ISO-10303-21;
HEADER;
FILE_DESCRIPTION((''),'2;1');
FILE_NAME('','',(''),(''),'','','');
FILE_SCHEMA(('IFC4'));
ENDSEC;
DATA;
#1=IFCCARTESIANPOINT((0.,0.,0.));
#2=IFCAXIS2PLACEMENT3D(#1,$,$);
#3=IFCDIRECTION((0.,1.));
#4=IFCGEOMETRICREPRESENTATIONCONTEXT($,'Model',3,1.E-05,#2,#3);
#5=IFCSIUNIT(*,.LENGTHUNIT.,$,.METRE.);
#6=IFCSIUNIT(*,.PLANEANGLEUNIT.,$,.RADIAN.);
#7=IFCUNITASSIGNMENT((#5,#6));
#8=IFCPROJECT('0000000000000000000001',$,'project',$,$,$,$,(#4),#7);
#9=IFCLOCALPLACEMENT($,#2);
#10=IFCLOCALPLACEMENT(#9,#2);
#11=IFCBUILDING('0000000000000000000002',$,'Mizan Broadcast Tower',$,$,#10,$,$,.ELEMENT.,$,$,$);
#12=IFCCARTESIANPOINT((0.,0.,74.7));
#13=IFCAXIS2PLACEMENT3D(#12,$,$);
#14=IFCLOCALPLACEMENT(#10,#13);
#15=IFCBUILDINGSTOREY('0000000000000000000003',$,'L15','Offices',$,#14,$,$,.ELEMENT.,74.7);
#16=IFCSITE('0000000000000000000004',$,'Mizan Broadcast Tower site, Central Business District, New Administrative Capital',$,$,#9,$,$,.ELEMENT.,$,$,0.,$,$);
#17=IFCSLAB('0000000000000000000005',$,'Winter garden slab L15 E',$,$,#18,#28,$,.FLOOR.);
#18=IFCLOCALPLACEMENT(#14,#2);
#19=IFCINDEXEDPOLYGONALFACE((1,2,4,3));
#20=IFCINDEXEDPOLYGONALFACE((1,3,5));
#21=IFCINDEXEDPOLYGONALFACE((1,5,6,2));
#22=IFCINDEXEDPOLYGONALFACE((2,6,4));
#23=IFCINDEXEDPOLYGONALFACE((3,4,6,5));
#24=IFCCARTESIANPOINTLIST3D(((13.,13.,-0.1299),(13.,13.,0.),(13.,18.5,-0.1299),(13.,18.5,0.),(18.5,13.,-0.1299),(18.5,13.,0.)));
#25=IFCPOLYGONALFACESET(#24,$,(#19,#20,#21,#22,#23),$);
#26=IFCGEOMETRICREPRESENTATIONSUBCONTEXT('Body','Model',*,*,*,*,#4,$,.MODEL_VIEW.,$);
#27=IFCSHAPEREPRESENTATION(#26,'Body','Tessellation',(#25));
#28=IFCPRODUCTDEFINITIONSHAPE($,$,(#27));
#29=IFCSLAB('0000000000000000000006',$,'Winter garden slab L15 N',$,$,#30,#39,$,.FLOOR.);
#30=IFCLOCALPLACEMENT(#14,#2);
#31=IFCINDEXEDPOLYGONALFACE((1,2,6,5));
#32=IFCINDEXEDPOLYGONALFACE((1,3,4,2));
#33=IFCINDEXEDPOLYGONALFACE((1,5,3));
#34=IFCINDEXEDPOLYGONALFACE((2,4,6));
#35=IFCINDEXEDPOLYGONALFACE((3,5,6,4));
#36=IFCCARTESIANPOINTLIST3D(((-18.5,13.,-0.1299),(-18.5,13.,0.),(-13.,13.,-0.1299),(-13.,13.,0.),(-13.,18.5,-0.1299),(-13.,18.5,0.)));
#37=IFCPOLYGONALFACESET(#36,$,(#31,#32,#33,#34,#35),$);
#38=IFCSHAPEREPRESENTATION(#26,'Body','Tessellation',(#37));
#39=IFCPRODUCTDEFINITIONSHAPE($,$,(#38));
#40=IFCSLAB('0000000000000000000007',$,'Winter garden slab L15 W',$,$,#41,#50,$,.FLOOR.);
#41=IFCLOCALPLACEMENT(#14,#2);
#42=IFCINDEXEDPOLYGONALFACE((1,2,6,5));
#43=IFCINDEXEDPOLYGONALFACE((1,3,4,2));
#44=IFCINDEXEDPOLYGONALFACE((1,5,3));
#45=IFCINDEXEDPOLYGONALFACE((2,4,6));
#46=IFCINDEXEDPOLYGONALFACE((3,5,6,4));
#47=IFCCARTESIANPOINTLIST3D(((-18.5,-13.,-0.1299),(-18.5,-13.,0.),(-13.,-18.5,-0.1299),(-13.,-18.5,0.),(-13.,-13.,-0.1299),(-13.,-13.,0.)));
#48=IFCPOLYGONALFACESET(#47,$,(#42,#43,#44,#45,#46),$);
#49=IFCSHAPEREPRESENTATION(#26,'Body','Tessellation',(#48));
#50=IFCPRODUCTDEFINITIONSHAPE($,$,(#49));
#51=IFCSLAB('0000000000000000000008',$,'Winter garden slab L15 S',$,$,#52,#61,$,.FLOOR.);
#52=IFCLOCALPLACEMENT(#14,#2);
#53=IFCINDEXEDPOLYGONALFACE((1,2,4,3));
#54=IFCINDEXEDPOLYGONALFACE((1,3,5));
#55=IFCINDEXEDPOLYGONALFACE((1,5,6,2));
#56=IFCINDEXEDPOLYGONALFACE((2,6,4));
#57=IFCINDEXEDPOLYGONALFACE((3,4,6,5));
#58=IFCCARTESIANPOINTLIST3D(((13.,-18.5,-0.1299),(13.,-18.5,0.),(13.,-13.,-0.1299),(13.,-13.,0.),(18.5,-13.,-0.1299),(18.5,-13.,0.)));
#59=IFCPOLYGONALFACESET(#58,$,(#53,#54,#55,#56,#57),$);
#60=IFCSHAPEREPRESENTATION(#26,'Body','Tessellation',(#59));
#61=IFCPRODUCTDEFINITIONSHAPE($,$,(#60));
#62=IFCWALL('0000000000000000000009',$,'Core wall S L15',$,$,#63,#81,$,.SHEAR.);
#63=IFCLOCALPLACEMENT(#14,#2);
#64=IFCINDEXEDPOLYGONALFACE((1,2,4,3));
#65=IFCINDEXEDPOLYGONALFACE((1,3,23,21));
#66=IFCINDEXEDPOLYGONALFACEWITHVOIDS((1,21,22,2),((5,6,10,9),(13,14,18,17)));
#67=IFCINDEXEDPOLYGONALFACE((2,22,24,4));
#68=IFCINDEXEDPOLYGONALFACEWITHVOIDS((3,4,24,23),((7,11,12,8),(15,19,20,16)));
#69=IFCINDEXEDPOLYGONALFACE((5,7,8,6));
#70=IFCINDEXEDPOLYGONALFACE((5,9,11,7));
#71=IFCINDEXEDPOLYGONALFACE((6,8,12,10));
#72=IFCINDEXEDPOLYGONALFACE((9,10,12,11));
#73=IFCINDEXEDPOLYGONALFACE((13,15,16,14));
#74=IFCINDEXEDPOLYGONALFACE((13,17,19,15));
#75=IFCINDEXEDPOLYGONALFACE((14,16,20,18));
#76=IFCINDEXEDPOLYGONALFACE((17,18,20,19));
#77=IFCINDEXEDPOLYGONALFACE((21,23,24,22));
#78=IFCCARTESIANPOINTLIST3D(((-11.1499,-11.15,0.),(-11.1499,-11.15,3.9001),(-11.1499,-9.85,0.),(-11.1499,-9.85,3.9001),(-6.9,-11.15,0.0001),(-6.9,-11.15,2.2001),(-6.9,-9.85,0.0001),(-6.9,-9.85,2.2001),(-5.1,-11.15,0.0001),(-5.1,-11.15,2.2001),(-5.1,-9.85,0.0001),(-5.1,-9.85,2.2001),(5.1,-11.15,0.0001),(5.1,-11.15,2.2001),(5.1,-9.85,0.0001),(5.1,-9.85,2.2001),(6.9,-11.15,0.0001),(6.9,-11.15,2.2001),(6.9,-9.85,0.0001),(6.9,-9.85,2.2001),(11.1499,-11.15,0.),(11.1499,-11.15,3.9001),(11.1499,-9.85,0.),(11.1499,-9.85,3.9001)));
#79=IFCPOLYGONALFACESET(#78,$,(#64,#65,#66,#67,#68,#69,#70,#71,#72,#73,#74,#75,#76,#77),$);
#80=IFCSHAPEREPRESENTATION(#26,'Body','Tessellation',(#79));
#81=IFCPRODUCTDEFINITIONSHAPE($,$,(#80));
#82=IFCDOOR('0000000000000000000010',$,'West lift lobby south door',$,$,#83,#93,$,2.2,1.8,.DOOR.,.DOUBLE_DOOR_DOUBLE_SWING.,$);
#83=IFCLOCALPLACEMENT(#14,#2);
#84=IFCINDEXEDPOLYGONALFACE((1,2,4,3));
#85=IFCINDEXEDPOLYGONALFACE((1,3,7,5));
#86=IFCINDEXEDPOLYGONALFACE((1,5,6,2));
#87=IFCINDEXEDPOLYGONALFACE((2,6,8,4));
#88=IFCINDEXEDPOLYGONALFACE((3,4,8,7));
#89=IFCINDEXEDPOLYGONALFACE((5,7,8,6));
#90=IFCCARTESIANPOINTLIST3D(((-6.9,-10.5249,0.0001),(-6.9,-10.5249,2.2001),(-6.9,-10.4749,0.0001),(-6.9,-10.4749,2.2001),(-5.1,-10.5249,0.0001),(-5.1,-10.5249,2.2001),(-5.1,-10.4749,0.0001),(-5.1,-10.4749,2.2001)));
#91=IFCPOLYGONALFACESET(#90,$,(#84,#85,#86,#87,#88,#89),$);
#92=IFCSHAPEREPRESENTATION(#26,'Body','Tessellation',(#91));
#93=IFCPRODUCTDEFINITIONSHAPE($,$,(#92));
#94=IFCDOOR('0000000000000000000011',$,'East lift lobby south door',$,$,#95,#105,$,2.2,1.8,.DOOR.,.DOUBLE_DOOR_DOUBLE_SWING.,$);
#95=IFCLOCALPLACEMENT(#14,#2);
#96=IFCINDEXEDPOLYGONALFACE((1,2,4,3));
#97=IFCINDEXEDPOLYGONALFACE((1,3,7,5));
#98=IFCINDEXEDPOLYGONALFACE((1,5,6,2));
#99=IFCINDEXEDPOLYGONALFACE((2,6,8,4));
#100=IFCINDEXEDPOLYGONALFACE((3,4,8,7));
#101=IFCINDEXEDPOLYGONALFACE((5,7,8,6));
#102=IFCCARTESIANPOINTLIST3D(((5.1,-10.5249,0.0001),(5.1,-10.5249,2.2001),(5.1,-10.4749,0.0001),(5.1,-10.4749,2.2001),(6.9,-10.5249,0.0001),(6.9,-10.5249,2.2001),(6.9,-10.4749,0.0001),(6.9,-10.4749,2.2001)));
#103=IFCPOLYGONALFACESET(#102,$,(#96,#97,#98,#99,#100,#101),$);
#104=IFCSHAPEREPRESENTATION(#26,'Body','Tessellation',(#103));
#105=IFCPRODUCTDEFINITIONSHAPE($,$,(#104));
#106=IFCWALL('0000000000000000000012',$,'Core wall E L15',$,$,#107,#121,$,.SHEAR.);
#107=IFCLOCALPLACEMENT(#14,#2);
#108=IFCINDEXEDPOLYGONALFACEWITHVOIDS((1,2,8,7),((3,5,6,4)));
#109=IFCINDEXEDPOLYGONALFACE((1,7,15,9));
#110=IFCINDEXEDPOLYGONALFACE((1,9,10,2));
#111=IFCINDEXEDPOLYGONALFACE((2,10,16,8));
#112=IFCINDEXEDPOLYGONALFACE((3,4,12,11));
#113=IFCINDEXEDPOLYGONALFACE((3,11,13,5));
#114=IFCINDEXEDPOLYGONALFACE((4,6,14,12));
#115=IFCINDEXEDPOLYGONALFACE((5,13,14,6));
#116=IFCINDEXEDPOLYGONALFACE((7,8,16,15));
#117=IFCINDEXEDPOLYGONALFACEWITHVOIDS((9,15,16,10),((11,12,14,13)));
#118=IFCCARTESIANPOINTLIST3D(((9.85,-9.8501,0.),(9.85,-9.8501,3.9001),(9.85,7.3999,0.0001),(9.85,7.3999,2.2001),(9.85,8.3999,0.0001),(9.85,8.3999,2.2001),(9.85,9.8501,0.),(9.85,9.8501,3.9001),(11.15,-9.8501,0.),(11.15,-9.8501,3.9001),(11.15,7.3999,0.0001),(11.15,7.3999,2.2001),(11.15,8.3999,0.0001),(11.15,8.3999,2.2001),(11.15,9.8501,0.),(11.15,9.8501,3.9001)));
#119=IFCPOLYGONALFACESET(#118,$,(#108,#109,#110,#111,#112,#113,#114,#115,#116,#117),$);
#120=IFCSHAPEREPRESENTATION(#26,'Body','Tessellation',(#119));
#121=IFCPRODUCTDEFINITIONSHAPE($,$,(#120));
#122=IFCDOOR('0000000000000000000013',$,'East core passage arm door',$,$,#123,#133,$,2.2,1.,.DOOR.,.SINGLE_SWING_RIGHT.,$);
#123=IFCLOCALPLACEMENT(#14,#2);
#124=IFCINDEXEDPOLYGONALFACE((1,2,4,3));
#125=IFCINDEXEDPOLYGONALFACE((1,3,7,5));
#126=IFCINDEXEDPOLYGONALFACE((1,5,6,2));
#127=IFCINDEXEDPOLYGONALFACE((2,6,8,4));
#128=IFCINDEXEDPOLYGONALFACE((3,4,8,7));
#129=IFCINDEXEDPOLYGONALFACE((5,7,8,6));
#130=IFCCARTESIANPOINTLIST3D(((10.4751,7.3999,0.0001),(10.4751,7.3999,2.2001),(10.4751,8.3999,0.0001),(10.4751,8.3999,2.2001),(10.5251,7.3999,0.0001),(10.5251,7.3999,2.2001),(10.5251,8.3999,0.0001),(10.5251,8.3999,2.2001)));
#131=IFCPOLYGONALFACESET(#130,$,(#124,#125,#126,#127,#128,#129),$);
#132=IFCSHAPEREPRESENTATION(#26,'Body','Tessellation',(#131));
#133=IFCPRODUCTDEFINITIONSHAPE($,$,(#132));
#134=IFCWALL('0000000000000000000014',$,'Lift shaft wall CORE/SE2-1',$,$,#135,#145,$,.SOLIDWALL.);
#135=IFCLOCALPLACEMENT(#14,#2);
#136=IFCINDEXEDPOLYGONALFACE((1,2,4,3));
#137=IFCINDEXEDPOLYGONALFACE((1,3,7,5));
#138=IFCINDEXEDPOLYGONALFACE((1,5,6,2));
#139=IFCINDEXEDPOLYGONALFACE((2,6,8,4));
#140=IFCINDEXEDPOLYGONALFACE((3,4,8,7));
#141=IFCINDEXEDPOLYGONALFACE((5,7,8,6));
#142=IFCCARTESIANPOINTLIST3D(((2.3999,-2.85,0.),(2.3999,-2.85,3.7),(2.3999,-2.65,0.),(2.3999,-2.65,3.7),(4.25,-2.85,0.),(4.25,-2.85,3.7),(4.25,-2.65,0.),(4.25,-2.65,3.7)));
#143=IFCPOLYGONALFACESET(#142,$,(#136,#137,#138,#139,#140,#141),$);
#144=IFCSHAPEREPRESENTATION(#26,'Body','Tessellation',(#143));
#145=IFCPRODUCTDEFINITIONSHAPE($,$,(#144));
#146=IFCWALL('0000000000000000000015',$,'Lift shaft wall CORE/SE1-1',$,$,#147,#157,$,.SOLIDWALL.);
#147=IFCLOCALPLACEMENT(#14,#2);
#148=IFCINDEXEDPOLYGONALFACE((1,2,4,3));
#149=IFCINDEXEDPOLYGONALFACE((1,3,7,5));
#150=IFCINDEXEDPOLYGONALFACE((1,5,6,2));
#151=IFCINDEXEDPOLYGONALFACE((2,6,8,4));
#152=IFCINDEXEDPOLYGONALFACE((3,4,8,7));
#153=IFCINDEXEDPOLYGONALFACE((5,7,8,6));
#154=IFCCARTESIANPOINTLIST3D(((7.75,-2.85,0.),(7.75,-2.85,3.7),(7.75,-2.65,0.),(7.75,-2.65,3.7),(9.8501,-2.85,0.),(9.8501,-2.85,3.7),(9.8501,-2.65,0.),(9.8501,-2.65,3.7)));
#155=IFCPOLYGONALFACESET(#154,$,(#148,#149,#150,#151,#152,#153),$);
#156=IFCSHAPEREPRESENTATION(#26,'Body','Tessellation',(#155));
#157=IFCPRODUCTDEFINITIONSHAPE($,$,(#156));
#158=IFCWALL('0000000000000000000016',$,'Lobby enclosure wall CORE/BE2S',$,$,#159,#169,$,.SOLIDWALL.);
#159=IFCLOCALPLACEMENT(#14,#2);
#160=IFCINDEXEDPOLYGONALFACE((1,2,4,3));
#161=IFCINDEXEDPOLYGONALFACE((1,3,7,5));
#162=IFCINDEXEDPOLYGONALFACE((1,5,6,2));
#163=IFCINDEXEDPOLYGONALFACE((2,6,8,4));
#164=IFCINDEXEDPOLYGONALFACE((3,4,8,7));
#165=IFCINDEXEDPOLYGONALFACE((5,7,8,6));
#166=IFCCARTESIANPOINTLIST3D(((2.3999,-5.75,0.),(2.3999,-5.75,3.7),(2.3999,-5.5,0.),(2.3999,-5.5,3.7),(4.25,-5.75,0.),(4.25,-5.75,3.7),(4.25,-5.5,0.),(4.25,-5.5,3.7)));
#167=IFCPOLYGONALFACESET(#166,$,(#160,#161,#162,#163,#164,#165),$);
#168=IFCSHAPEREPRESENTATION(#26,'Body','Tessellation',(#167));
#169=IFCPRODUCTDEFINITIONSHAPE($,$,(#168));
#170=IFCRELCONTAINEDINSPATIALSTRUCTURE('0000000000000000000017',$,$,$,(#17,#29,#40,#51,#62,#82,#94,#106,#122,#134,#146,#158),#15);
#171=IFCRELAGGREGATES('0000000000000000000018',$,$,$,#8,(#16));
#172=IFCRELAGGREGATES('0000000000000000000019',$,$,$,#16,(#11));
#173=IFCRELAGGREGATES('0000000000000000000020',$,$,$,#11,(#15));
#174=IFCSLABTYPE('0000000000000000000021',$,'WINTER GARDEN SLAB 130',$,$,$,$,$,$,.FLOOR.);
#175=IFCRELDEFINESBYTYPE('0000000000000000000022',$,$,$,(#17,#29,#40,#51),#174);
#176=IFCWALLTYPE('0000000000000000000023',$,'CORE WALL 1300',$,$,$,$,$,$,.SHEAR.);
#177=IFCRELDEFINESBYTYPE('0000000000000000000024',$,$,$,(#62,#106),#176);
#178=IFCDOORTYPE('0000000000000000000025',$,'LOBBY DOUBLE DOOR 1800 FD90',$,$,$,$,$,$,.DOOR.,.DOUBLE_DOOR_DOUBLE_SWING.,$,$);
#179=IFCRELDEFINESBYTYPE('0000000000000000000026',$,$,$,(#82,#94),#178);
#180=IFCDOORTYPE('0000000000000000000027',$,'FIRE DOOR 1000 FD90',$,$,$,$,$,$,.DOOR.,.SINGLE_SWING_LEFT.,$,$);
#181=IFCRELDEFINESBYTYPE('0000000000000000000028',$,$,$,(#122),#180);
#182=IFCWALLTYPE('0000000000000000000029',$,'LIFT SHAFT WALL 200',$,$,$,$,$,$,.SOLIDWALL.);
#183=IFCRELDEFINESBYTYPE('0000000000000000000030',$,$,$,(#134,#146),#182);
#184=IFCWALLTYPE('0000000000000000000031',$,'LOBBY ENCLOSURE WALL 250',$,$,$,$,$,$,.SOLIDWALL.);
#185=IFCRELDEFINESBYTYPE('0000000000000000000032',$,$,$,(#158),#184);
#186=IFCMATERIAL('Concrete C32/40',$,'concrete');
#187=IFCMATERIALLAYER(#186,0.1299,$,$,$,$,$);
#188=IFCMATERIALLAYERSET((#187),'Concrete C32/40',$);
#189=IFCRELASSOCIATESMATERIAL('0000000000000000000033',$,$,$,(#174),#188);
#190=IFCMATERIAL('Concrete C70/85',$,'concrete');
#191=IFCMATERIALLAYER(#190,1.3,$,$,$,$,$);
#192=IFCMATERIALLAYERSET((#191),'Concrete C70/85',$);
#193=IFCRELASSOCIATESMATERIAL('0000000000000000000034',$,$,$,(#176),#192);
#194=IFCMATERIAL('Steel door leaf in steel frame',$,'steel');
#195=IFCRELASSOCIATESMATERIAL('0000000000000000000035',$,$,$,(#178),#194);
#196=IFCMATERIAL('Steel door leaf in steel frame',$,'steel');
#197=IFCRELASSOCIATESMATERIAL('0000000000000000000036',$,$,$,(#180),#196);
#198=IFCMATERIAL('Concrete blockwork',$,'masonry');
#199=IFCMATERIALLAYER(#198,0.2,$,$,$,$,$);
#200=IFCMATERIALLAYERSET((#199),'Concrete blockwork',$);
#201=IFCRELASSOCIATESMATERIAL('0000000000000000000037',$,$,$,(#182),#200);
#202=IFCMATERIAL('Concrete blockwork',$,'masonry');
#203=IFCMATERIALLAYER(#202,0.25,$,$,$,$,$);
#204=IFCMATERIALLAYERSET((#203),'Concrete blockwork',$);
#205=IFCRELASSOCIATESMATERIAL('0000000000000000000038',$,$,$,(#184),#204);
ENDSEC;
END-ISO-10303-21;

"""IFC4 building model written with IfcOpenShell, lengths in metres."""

from ifc_helpers import new_model, si_unit, direction, frame, frame_2d, origin, place, context, subcontext, project, spatial, polyline, rectangle, outline, extrude, material, layer, layer_set, type_object, element, fill, save


model = new_model("IFC4")

# Units and contexts
model_context = context("Model", 3, precision=1e-05, world=origin(), true_north=direction((0.0, 1.0)))
body_context = subcontext(model_context, "Body", "Model", "MODEL_VIEW")
ifc_project = project(units=[si_unit("LENGTHUNIT", "METRE"), si_unit("PLANEANGLEUNIT", "RADIAN")], contexts=[model_context])

# Site, building, storey
site_placement = place(None, origin())
site = spatial("IfcSite", under=ifc_project, at=site_placement, Name="Mizan Broadcast Tower site, Central Business District, New Administrative Capital", CompositionType="ELEMENT", RefElevation=0.0)
building_placement = place(site_placement, origin())
building = spatial("IfcBuilding", under=site, at=building_placement, Name="Mizan Broadcast Tower", CompositionType="ELEMENT")
storey_placement = place(building_placement, frame((0.0, 0.0, 74.7)))
storey = spatial("IfcBuildingStorey", under=building, at=storey_placement, Name="L15", Description="Offices", CompositionType="ELEMENT", Elevation=74.7)

# Slabs
ifc_material_1 = material(Name="Concrete C32/40", Category="concrete")
ifc_layer_1 = layer(ifc_material_1, 0.1299)
ifc_layer_set_1 = layer_set([ifc_layer_1], Name="Concrete C32/40")
slab_type_1 = type_object("IfcSlabType", Name="WINTER GARDEN SLAB 130", PredefinedType="FLOOR", material=ifc_layer_set_1)
slab_1_placement = place(storey_placement, frame((0.0, 0.0, -0.1299)))
element("IfcSlab", 1, at=slab_1_placement, inside=storey, type_object=slab_type_1, Name="Winter garden slab L15 E", PredefinedType="FLOOR", context=body_context, shape_type="SweptSolid", body=[
    extrude(outline(polyline([(13.0, 13.0), (18.5, 13.0), (13.0, 18.5), (13.0, 13.0)])), origin(), (0.0, 0.0, 1.0), 0.1299),
])
slab_2_placement = place(storey_placement, frame((0.0, 0.0, -0.1299)))
element("IfcSlab", 2, at=slab_2_placement, inside=storey, type_object=slab_type_1, Name="Winter garden slab L15 N", PredefinedType="FLOOR", context=body_context, shape_type="SweptSolid", body=[
    extrude(outline(polyline([(-13.0, 13.0), (-13.0, 18.5), (-18.5, 13.0), (-13.0, 13.0)])), origin(), (0.0, 0.0, 1.0), 0.1299),
])
slab_3_placement = place(storey_placement, frame((0.0, 0.0, -0.1299)))
element("IfcSlab", 3, at=slab_3_placement, inside=storey, type_object=slab_type_1, Name="Winter garden slab L15 W", PredefinedType="FLOOR", context=body_context, shape_type="SweptSolid", body=[
    extrude(outline(polyline([(-13.0, -13.0), (-18.5, -13.0), (-13.0, -18.5), (-13.0, -13.0)])), origin(), (0.0, 0.0, 1.0), 0.1299),
])
slab_4_placement = place(storey_placement, frame((0.0, 0.0, -0.1299)))
element("IfcSlab", 4, at=slab_4_placement, inside=storey, type_object=slab_type_1, Name="Winter garden slab L15 S", PredefinedType="FLOOR", context=body_context, shape_type="SweptSolid", body=[
    extrude(outline(polyline([(13.0, -13.0), (13.0, -18.5), (18.5, -13.0), (13.0, -13.0)])), origin(), (0.0, 0.0, 1.0), 0.1299),
])

# Wall, openings, doors
ifc_material_2 = material(Name="Concrete C70/85", Category="concrete")
ifc_layer_2 = layer(ifc_material_2, 1.3)
ifc_layer_set_2 = layer_set([ifc_layer_2], Name="Concrete C70/85")
wall_type_1 = type_object("IfcWallType", Name="CORE WALL 1300", PredefinedType="SHEAR", material=ifc_layer_set_2)
wall_1_placement = place(storey_placement, frame((11.1499, -10.5, 0.0), z_axis=(0.0, 0.0, 1.0), x_axis=(-1.0, 0.0, 0.0)))
wall_1 = element("IfcWall", 5, at=wall_1_placement, inside=storey, type_object=wall_type_1, Name="Core wall S L15", PredefinedType="SHEAR", context=body_context, shape_type="SweptSolid", body=[
    extrude(rectangle(XDim=22.2998, YDim=1.3, at=frame_2d((11.1499, 0.0))), origin(), (0.0, 0.0, 1.0), 3.9001),
])
opening_1_placement = place(wall_1_placement, frame((16.25, 0.0, 0.0)))
opening_1 = element("IfcOpeningElement", 6, at=opening_1_placement, cuts=wall_1, PredefinedType="OPENING", context=body_context, shape_type="SweptSolid", body=[
    extrude(rectangle(XDim=1.8, YDim=2.2, at=frame_2d((0.8999, 1.1001))), frame((0.0, 0.6599, 0.0), z_axis=(0.0, -1.0, 0.0), x_axis=(1.0, 0.0, 0.0)), (0.0, 0.0, 1.0), 1.3201),
])
opening_2_placement = place(wall_1_placement, frame((4.25, 0.0, 0.0)))
opening_2 = element("IfcOpeningElement", 7, at=opening_2_placement, cuts=wall_1, PredefinedType="OPENING", context=body_context, shape_type="SweptSolid", body=[
    extrude(rectangle(XDim=1.8, YDim=2.2, at=frame_2d((0.8999, 1.1001))), frame((0.0, 0.6599, 0.0), z_axis=(0.0, -1.0, 0.0), x_axis=(1.0, 0.0, 0.0)), (0.0, 0.0, 1.0), 1.3201),
])
ifc_material_3 = material(Name="Steel door leaf in steel frame", Category="steel")
door_type_1 = type_object("IfcDoorType", Name="LOBBY DOUBLE DOOR 1800 FD90", OperationType="DOUBLE_DOOR_DOUBLE_SWING", PredefinedType="DOOR", material=ifc_material_3)
door_1_placement = place(opening_1_placement, origin())
door_1 = element("IfcDoor", 8, at=door_1_placement, inside=storey, type_object=door_type_1, Name="West lift lobby south door", OperationType="DOUBLE_DOOR_DOUBLE_SWING", OverallHeight=2.2, OverallWidth=1.8, PredefinedType="DOOR", context=body_context, shape_type="SweptSolid", body=[
    extrude(rectangle(XDim=1.8, YDim=2.2, at=frame_2d((0.8999, 1.1001))), frame((0.0, 0.0249, 0.0), z_axis=(0.0, -1.0, 0.0), x_axis=(1.0, 0.0, 0.0)), (0.0, 0.0, 1.0), 0.05),
])
fill(opening_1, door_1)
door_2_placement = place(opening_2_placement, origin())
door_2 = element("IfcDoor", 9, at=door_2_placement, inside=storey, type_object=door_type_1, Name="East lift lobby south door", OperationType="DOUBLE_DOOR_DOUBLE_SWING", OverallHeight=2.2, OverallWidth=1.8, PredefinedType="DOOR", context=body_context, shape_type="SweptSolid", body=[
    extrude(rectangle(XDim=1.8, YDim=2.2, at=frame_2d((0.8999, 1.1001))), frame((0.0, 0.0249, 0.0), z_axis=(0.0, -1.0, 0.0), x_axis=(1.0, 0.0, 0.0)), (0.0, 0.0, 1.0), 0.05),
])
fill(opening_2, door_2)

# Wall, opening, door
wall_2_placement = place(storey_placement, frame((10.5, -9.8501, 0.0), z_axis=(0.0, 0.0, 1.0), x_axis=(0.0, 1.0, 0.0)))
wall_2 = element("IfcWall", 10, at=wall_2_placement, inside=storey, type_object=wall_type_1, Name="Core wall E L15", PredefinedType="SHEAR", context=body_context, shape_type="SweptSolid", body=[
    extrude(rectangle(XDim=19.7002, YDim=1.3, at=frame_2d((9.8501, 0.0))), origin(), (0.0, 0.0, 1.0), 3.9001),
])
opening_3_placement = place(wall_2_placement, frame((17.25, 0.0, 0.0)))
opening_3 = element("IfcOpeningElement", 11, at=opening_3_placement, cuts=wall_2, PredefinedType="OPENING", context=body_context, shape_type="SweptSolid", body=[
    extrude(rectangle(XDim=1.0, YDim=2.2, at=frame_2d((0.5, 1.1001))), frame((0.0, 0.6599, 0.0), z_axis=(0.0, -1.0, 0.0), x_axis=(1.0, 0.0, 0.0)), (0.0, 0.0, 1.0), 1.3201),
])
ifc_material_4 = material(Name="Steel door leaf in steel frame", Category="steel")
door_type_2 = type_object("IfcDoorType", Name="FIRE DOOR 1000 FD90", OperationType="SINGLE_SWING_LEFT", PredefinedType="DOOR", material=ifc_material_4)
door_3_placement = place(opening_3_placement, origin())
door_3 = element("IfcDoor", 12, at=door_3_placement, inside=storey, type_object=door_type_2, Name="East core passage arm door", OperationType="SINGLE_SWING_RIGHT", OverallHeight=2.2, OverallWidth=1.0, PredefinedType="DOOR", context=body_context, shape_type="SweptSolid", body=[
    extrude(rectangle(XDim=1.0, YDim=2.2, at=frame_2d((0.5, 1.1001))), frame((0.0, 0.0249, 0.0), z_axis=(0.0, -1.0, 0.0), x_axis=(1.0, 0.0, 0.0)), (0.0, 0.0, 1.0), 0.05),
])
fill(opening_3, door_3)

# Walls
ifc_material_5 = material(Name="Concrete blockwork", Category="masonry")
ifc_layer_3 = layer(ifc_material_5, 0.2)
ifc_layer_set_3 = layer_set([ifc_layer_3], Name="Concrete blockwork")
wall_type_2 = type_object("IfcWallType", Name="LIFT SHAFT WALL 200", PredefinedType="SOLIDWALL", material=ifc_layer_set_3)
wall_3_placement = place(storey_placement, frame((2.3999, -2.75, 0.0), z_axis=(0.0, 0.0, 1.0), x_axis=(1.0, 0.0, 0.0)))
element("IfcWall", 13, at=wall_3_placement, inside=storey, type_object=wall_type_2, Name="Lift shaft wall CORE/SE2-1", PredefinedType="SOLIDWALL", context=body_context, shape_type="SweptSolid", body=[
    extrude(rectangle(XDim=1.8501, YDim=0.2, at=frame_2d((0.925, 0.0))), origin(), (0.0, 0.0, 1.0), 3.7),
])
wall_4_placement = place(storey_placement, frame((7.75, -2.75, 0.0), z_axis=(0.0, 0.0, 1.0), x_axis=(1.0, 0.0, 0.0)))
element("IfcWall", 14, at=wall_4_placement, inside=storey, type_object=wall_type_2, Name="Lift shaft wall CORE/SE1-1", PredefinedType="SOLIDWALL", context=body_context, shape_type="SweptSolid", body=[
    extrude(rectangle(XDim=2.1001, YDim=0.2, at=frame_2d((1.05, 0.0))), origin(), (0.0, 0.0, 1.0), 3.7),
])
ifc_material_6 = material(Name="Concrete blockwork", Category="masonry")
ifc_layer_4 = layer(ifc_material_6, 0.25)
ifc_layer_set_4 = layer_set([ifc_layer_4], Name="Concrete blockwork")
wall_type_3 = type_object("IfcWallType", Name="LOBBY ENCLOSURE WALL 250", PredefinedType="SOLIDWALL", material=ifc_layer_set_4)
wall_5_placement = place(storey_placement, frame((2.3999, -5.625, 0.0), z_axis=(0.0, 0.0, 1.0), x_axis=(1.0, 0.0, 0.0)))
element("IfcWall", 15, at=wall_5_placement, inside=storey, type_object=wall_type_3, Name="Lobby enclosure wall CORE/BE2S", PredefinedType="SOLIDWALL", context=body_context, shape_type="SweptSolid", body=[
    extrude(rectangle(XDim=1.8501, YDim=0.25, at=frame_2d((0.925, 0.0))), origin(), (0.0, 0.0, 1.0), 3.7),
])

save(model, "model.ifc")
